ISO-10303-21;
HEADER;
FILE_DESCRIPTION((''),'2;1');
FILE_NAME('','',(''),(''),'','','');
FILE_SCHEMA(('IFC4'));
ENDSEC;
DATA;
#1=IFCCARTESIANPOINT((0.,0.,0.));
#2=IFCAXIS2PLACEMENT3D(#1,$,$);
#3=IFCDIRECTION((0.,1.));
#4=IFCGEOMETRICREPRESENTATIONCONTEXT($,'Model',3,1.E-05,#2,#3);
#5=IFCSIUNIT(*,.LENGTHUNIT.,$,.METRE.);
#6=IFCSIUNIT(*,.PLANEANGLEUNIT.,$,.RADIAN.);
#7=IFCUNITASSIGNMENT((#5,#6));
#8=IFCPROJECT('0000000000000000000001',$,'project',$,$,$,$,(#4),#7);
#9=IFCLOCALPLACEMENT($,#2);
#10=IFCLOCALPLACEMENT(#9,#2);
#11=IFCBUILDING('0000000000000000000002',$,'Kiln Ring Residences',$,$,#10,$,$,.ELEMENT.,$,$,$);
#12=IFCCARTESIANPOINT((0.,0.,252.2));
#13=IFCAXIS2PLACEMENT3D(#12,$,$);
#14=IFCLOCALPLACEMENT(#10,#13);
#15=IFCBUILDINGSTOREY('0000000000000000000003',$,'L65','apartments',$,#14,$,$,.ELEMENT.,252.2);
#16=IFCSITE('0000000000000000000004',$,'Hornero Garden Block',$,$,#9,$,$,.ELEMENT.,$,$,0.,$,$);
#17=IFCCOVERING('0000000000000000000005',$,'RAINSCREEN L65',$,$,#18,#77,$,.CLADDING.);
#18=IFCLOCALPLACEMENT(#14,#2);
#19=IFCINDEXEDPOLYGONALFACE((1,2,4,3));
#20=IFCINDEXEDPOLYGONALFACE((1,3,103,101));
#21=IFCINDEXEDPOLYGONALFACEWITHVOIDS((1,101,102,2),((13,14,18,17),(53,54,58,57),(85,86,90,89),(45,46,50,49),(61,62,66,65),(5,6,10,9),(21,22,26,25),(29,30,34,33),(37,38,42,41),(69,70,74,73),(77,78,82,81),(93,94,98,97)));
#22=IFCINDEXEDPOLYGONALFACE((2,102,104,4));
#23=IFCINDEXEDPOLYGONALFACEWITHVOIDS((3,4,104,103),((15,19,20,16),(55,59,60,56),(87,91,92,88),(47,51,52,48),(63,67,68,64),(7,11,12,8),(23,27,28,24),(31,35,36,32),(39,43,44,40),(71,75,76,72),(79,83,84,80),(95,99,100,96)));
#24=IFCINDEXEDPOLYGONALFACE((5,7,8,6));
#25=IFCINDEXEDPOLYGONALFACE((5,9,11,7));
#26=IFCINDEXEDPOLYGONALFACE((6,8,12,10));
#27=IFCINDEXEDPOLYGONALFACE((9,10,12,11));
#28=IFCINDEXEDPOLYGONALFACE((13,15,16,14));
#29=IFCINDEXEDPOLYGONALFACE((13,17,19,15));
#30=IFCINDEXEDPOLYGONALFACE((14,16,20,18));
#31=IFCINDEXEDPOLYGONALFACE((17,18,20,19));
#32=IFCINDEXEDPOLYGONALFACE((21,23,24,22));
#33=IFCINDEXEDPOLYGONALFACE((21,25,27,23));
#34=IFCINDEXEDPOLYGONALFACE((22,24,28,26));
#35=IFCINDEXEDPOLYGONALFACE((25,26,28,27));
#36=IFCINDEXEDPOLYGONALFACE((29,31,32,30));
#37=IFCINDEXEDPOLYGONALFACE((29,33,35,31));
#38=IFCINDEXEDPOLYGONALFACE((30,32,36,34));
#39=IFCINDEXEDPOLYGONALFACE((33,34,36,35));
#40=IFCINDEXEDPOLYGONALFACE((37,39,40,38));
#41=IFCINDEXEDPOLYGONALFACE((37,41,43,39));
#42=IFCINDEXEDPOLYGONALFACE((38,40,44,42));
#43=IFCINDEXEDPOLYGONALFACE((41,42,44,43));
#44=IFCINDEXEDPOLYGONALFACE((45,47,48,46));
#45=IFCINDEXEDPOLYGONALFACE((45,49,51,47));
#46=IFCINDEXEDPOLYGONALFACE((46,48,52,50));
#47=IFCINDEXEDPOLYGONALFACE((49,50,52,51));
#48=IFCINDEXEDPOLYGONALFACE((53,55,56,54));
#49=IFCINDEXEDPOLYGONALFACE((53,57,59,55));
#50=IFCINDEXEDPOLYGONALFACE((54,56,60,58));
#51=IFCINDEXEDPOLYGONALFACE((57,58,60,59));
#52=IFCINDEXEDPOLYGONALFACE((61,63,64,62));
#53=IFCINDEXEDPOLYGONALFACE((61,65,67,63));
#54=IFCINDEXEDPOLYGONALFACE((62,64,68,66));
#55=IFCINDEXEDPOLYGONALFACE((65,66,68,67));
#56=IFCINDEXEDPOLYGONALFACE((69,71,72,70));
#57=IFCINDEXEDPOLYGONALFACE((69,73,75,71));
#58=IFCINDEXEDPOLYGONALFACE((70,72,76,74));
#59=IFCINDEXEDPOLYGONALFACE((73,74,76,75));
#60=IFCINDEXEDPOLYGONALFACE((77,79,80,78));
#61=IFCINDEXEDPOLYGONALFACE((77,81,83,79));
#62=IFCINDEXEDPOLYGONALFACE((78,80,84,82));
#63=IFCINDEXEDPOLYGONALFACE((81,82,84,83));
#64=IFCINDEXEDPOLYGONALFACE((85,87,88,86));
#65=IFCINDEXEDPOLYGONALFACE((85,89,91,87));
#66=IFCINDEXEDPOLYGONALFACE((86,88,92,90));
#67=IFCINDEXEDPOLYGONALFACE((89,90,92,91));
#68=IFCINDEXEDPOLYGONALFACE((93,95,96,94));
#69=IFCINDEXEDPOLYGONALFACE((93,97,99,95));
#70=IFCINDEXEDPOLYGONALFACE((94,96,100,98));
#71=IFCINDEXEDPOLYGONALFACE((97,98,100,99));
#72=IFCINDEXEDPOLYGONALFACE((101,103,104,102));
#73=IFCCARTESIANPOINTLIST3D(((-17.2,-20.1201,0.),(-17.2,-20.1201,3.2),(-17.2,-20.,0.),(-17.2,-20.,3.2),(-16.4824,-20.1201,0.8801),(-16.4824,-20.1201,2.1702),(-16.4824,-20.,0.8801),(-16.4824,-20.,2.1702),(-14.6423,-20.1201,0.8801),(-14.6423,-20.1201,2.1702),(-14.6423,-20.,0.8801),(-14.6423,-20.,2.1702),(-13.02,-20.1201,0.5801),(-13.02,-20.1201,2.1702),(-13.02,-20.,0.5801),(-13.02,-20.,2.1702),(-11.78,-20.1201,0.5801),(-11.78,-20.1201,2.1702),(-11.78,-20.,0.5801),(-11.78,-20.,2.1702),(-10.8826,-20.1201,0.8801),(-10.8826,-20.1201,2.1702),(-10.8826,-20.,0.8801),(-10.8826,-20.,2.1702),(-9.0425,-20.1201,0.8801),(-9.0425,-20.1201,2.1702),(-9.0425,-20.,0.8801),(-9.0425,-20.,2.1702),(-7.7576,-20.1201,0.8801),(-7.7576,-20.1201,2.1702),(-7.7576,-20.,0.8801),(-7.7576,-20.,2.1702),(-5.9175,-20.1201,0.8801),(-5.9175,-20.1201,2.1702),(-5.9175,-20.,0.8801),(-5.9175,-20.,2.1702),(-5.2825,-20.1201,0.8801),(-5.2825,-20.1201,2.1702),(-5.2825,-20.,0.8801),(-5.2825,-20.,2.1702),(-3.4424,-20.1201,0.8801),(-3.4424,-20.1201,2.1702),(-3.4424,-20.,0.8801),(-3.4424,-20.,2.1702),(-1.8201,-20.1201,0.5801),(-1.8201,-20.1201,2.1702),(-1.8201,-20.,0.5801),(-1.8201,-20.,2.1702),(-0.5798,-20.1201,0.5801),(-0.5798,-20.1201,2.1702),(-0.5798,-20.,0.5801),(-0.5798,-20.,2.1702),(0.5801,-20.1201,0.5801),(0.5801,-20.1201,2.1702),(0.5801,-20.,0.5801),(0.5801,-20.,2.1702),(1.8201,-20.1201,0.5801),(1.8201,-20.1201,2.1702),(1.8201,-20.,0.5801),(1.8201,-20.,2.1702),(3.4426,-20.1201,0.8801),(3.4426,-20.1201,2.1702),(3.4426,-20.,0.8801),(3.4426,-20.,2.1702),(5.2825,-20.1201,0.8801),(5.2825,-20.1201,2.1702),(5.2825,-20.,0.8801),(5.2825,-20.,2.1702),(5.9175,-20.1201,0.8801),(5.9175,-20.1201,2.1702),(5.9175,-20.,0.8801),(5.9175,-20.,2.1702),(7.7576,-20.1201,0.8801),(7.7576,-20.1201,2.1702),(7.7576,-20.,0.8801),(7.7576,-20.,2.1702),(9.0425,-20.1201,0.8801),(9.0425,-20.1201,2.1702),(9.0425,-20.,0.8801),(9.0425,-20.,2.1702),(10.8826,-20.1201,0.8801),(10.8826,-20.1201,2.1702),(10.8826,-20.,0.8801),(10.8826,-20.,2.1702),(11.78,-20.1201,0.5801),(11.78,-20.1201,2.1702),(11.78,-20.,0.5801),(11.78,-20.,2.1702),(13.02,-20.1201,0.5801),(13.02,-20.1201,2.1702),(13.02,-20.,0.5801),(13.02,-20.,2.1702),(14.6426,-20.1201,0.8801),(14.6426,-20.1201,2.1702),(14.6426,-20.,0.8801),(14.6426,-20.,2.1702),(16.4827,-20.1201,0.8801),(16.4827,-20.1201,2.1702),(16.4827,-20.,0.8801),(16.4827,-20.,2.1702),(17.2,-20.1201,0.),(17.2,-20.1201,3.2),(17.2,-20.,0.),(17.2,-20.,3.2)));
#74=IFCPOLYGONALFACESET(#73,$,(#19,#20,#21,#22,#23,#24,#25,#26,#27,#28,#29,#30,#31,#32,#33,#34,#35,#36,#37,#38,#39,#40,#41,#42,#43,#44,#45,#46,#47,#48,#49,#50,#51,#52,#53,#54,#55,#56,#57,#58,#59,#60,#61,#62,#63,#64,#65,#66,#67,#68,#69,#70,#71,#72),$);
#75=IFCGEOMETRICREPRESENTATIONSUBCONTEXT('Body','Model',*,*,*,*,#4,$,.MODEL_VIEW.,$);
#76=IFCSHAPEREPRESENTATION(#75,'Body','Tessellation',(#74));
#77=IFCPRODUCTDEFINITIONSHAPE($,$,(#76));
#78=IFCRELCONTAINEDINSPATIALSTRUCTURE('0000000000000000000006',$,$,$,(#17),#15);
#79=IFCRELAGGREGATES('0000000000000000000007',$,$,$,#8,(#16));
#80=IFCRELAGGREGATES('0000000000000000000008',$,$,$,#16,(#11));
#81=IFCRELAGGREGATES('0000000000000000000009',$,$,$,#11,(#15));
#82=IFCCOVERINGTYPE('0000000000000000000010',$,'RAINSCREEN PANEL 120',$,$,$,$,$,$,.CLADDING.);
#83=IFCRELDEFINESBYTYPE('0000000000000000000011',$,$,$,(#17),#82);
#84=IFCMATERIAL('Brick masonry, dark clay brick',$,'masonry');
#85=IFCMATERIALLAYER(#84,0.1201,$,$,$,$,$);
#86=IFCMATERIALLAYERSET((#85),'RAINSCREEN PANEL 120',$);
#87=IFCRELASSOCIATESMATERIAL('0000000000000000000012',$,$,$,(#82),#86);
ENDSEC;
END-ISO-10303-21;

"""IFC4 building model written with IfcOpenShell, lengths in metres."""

from ifc_helpers import new_model, si_unit, direction, frame, origin, place, context, subcontext, project, spatial, polyline, outline, extrude, material, layer, layer_set, type_object, element, save


model = new_model("IFC4")

# Units and contexts
model_context = context("Model", 3, precision=1e-05, world=origin(), true_north=direction((0.0, 1.0)))
body_context = subcontext(model_context, "Body", "Model", "MODEL_VIEW")
ifc_project = project(units=[si_unit("LENGTHUNIT", "METRE"), si_unit("PLANEANGLEUNIT", "RADIAN")], contexts=[model_context])

# Site, building, storey
site_placement = place(None, origin())
site = spatial("IfcSite", under=ifc_project, at=site_placement, Name="Hornero Garden Block", CompositionType="ELEMENT", RefElevation=0.0)
building_placement = place(site_placement, origin())
building = spatial("IfcBuilding", under=site, at=building_placement, Name="Kiln Ring Residences", CompositionType="ELEMENT")
storey_placement = place(building_placement, frame((0.0, 0.0, 252.2)))
storey = spatial("IfcBuildingStorey", under=building, at=storey_placement, Name="L65", Description="apartments", CompositionType="ELEMENT", Elevation=252.2)

# Covering
ifc_material_1 = material(Name="Brick masonry, dark clay brick", Category="masonry")
ifc_layer_1 = layer(ifc_material_1, 0.1201)
ifc_layer_set_1 = layer_set([ifc_layer_1], Name="RAINSCREEN PANEL 120")
covering_type = type_object("IfcCoveringType", Name="RAINSCREEN PANEL 120", PredefinedType="CLADDING", material=ifc_layer_set_1)
covering_placement = place(storey_placement, frame((-17.2, -20.0601, 0.0), z_axis=(0.0, 0.0, 1.0), x_axis=(1.0, 0.0, 0.0)))
element("IfcCovering", 1, at=covering_placement, inside=storey, type_object=covering_type, Name="RAINSCREEN L65", PredefinedType="CLADDING", context=body_context, shape_type="SweptSolid", body=[
    extrude(outline(polyline([(0.0, 0.0), (34.3999, 0.0), (34.3999, 3.2), (0.0, 3.2), (0.0, 0.0)]), holes=[polyline([(4.1799, 0.5801), (5.4199, 0.5801), (5.4199, 2.1702), (4.1799, 2.1702), (4.1799, 0.5801)]), polyline([(15.3799, 2.1702), (15.3799, 0.5801), (16.6201, 0.5801), (16.6201, 2.1702), (15.3799, 2.1702)]), polyline([(0.7175, 2.1702), (0.7175, 0.8801), (2.5576, 0.8801), (2.5576, 2.1702), (0.7175, 2.1702)]), polyline([(6.3174, 0.8801), (8.1575, 0.8801), (8.1575, 2.1702), (6.3174, 2.1702), (6.3174, 0.8801)]), polyline([(9.4424, 2.1702), (9.4424, 0.8801), (11.2825, 0.8801), (11.2825, 2.1702), (9.4424, 2.1702)]), polyline([(11.9175, 2.1702), (11.9175, 0.8801), (13.7576, 0.8801), (13.7576, 2.1702), (11.9175, 2.1702)]), polyline([(17.78, 0.5801), (19.02, 0.5801), (19.02, 2.1702), (17.78, 2.1702), (17.78, 0.5801)]), polyline([(28.98, 2.1702), (28.98, 0.5801), (30.22, 0.5801), (30.22, 2.1702), (28.98, 2.1702)]), polyline([(20.6426, 2.1702), (20.6426, 0.8801), (22.4824, 0.8801), (22.4824, 2.1702), (20.6426, 2.1702)]), polyline([(23.1174, 0.8801), (24.9575, 0.8801), (24.9575, 2.1702), (23.1174, 2.1702), (23.1174, 0.8801)]), polyline([(26.2424, 2.1702), (26.2424, 0.8801), (28.0825, 0.8801), (28.0825, 2.1702), (26.2424, 2.1702)]), polyline([(31.8425, 2.1702), (31.8425, 0.8801), (33.6826, 0.8801), (33.6826, 2.1702), (31.8425, 2.1702)])]), frame((0.0, 0.0601, 0.0), z_axis=(0.0, -1.0, 0.0), x_axis=(1.0, 0.0, 0.0)), (0.0, 0.0, 1.0), 0.1201),
])

save(model, "model.ifc")
